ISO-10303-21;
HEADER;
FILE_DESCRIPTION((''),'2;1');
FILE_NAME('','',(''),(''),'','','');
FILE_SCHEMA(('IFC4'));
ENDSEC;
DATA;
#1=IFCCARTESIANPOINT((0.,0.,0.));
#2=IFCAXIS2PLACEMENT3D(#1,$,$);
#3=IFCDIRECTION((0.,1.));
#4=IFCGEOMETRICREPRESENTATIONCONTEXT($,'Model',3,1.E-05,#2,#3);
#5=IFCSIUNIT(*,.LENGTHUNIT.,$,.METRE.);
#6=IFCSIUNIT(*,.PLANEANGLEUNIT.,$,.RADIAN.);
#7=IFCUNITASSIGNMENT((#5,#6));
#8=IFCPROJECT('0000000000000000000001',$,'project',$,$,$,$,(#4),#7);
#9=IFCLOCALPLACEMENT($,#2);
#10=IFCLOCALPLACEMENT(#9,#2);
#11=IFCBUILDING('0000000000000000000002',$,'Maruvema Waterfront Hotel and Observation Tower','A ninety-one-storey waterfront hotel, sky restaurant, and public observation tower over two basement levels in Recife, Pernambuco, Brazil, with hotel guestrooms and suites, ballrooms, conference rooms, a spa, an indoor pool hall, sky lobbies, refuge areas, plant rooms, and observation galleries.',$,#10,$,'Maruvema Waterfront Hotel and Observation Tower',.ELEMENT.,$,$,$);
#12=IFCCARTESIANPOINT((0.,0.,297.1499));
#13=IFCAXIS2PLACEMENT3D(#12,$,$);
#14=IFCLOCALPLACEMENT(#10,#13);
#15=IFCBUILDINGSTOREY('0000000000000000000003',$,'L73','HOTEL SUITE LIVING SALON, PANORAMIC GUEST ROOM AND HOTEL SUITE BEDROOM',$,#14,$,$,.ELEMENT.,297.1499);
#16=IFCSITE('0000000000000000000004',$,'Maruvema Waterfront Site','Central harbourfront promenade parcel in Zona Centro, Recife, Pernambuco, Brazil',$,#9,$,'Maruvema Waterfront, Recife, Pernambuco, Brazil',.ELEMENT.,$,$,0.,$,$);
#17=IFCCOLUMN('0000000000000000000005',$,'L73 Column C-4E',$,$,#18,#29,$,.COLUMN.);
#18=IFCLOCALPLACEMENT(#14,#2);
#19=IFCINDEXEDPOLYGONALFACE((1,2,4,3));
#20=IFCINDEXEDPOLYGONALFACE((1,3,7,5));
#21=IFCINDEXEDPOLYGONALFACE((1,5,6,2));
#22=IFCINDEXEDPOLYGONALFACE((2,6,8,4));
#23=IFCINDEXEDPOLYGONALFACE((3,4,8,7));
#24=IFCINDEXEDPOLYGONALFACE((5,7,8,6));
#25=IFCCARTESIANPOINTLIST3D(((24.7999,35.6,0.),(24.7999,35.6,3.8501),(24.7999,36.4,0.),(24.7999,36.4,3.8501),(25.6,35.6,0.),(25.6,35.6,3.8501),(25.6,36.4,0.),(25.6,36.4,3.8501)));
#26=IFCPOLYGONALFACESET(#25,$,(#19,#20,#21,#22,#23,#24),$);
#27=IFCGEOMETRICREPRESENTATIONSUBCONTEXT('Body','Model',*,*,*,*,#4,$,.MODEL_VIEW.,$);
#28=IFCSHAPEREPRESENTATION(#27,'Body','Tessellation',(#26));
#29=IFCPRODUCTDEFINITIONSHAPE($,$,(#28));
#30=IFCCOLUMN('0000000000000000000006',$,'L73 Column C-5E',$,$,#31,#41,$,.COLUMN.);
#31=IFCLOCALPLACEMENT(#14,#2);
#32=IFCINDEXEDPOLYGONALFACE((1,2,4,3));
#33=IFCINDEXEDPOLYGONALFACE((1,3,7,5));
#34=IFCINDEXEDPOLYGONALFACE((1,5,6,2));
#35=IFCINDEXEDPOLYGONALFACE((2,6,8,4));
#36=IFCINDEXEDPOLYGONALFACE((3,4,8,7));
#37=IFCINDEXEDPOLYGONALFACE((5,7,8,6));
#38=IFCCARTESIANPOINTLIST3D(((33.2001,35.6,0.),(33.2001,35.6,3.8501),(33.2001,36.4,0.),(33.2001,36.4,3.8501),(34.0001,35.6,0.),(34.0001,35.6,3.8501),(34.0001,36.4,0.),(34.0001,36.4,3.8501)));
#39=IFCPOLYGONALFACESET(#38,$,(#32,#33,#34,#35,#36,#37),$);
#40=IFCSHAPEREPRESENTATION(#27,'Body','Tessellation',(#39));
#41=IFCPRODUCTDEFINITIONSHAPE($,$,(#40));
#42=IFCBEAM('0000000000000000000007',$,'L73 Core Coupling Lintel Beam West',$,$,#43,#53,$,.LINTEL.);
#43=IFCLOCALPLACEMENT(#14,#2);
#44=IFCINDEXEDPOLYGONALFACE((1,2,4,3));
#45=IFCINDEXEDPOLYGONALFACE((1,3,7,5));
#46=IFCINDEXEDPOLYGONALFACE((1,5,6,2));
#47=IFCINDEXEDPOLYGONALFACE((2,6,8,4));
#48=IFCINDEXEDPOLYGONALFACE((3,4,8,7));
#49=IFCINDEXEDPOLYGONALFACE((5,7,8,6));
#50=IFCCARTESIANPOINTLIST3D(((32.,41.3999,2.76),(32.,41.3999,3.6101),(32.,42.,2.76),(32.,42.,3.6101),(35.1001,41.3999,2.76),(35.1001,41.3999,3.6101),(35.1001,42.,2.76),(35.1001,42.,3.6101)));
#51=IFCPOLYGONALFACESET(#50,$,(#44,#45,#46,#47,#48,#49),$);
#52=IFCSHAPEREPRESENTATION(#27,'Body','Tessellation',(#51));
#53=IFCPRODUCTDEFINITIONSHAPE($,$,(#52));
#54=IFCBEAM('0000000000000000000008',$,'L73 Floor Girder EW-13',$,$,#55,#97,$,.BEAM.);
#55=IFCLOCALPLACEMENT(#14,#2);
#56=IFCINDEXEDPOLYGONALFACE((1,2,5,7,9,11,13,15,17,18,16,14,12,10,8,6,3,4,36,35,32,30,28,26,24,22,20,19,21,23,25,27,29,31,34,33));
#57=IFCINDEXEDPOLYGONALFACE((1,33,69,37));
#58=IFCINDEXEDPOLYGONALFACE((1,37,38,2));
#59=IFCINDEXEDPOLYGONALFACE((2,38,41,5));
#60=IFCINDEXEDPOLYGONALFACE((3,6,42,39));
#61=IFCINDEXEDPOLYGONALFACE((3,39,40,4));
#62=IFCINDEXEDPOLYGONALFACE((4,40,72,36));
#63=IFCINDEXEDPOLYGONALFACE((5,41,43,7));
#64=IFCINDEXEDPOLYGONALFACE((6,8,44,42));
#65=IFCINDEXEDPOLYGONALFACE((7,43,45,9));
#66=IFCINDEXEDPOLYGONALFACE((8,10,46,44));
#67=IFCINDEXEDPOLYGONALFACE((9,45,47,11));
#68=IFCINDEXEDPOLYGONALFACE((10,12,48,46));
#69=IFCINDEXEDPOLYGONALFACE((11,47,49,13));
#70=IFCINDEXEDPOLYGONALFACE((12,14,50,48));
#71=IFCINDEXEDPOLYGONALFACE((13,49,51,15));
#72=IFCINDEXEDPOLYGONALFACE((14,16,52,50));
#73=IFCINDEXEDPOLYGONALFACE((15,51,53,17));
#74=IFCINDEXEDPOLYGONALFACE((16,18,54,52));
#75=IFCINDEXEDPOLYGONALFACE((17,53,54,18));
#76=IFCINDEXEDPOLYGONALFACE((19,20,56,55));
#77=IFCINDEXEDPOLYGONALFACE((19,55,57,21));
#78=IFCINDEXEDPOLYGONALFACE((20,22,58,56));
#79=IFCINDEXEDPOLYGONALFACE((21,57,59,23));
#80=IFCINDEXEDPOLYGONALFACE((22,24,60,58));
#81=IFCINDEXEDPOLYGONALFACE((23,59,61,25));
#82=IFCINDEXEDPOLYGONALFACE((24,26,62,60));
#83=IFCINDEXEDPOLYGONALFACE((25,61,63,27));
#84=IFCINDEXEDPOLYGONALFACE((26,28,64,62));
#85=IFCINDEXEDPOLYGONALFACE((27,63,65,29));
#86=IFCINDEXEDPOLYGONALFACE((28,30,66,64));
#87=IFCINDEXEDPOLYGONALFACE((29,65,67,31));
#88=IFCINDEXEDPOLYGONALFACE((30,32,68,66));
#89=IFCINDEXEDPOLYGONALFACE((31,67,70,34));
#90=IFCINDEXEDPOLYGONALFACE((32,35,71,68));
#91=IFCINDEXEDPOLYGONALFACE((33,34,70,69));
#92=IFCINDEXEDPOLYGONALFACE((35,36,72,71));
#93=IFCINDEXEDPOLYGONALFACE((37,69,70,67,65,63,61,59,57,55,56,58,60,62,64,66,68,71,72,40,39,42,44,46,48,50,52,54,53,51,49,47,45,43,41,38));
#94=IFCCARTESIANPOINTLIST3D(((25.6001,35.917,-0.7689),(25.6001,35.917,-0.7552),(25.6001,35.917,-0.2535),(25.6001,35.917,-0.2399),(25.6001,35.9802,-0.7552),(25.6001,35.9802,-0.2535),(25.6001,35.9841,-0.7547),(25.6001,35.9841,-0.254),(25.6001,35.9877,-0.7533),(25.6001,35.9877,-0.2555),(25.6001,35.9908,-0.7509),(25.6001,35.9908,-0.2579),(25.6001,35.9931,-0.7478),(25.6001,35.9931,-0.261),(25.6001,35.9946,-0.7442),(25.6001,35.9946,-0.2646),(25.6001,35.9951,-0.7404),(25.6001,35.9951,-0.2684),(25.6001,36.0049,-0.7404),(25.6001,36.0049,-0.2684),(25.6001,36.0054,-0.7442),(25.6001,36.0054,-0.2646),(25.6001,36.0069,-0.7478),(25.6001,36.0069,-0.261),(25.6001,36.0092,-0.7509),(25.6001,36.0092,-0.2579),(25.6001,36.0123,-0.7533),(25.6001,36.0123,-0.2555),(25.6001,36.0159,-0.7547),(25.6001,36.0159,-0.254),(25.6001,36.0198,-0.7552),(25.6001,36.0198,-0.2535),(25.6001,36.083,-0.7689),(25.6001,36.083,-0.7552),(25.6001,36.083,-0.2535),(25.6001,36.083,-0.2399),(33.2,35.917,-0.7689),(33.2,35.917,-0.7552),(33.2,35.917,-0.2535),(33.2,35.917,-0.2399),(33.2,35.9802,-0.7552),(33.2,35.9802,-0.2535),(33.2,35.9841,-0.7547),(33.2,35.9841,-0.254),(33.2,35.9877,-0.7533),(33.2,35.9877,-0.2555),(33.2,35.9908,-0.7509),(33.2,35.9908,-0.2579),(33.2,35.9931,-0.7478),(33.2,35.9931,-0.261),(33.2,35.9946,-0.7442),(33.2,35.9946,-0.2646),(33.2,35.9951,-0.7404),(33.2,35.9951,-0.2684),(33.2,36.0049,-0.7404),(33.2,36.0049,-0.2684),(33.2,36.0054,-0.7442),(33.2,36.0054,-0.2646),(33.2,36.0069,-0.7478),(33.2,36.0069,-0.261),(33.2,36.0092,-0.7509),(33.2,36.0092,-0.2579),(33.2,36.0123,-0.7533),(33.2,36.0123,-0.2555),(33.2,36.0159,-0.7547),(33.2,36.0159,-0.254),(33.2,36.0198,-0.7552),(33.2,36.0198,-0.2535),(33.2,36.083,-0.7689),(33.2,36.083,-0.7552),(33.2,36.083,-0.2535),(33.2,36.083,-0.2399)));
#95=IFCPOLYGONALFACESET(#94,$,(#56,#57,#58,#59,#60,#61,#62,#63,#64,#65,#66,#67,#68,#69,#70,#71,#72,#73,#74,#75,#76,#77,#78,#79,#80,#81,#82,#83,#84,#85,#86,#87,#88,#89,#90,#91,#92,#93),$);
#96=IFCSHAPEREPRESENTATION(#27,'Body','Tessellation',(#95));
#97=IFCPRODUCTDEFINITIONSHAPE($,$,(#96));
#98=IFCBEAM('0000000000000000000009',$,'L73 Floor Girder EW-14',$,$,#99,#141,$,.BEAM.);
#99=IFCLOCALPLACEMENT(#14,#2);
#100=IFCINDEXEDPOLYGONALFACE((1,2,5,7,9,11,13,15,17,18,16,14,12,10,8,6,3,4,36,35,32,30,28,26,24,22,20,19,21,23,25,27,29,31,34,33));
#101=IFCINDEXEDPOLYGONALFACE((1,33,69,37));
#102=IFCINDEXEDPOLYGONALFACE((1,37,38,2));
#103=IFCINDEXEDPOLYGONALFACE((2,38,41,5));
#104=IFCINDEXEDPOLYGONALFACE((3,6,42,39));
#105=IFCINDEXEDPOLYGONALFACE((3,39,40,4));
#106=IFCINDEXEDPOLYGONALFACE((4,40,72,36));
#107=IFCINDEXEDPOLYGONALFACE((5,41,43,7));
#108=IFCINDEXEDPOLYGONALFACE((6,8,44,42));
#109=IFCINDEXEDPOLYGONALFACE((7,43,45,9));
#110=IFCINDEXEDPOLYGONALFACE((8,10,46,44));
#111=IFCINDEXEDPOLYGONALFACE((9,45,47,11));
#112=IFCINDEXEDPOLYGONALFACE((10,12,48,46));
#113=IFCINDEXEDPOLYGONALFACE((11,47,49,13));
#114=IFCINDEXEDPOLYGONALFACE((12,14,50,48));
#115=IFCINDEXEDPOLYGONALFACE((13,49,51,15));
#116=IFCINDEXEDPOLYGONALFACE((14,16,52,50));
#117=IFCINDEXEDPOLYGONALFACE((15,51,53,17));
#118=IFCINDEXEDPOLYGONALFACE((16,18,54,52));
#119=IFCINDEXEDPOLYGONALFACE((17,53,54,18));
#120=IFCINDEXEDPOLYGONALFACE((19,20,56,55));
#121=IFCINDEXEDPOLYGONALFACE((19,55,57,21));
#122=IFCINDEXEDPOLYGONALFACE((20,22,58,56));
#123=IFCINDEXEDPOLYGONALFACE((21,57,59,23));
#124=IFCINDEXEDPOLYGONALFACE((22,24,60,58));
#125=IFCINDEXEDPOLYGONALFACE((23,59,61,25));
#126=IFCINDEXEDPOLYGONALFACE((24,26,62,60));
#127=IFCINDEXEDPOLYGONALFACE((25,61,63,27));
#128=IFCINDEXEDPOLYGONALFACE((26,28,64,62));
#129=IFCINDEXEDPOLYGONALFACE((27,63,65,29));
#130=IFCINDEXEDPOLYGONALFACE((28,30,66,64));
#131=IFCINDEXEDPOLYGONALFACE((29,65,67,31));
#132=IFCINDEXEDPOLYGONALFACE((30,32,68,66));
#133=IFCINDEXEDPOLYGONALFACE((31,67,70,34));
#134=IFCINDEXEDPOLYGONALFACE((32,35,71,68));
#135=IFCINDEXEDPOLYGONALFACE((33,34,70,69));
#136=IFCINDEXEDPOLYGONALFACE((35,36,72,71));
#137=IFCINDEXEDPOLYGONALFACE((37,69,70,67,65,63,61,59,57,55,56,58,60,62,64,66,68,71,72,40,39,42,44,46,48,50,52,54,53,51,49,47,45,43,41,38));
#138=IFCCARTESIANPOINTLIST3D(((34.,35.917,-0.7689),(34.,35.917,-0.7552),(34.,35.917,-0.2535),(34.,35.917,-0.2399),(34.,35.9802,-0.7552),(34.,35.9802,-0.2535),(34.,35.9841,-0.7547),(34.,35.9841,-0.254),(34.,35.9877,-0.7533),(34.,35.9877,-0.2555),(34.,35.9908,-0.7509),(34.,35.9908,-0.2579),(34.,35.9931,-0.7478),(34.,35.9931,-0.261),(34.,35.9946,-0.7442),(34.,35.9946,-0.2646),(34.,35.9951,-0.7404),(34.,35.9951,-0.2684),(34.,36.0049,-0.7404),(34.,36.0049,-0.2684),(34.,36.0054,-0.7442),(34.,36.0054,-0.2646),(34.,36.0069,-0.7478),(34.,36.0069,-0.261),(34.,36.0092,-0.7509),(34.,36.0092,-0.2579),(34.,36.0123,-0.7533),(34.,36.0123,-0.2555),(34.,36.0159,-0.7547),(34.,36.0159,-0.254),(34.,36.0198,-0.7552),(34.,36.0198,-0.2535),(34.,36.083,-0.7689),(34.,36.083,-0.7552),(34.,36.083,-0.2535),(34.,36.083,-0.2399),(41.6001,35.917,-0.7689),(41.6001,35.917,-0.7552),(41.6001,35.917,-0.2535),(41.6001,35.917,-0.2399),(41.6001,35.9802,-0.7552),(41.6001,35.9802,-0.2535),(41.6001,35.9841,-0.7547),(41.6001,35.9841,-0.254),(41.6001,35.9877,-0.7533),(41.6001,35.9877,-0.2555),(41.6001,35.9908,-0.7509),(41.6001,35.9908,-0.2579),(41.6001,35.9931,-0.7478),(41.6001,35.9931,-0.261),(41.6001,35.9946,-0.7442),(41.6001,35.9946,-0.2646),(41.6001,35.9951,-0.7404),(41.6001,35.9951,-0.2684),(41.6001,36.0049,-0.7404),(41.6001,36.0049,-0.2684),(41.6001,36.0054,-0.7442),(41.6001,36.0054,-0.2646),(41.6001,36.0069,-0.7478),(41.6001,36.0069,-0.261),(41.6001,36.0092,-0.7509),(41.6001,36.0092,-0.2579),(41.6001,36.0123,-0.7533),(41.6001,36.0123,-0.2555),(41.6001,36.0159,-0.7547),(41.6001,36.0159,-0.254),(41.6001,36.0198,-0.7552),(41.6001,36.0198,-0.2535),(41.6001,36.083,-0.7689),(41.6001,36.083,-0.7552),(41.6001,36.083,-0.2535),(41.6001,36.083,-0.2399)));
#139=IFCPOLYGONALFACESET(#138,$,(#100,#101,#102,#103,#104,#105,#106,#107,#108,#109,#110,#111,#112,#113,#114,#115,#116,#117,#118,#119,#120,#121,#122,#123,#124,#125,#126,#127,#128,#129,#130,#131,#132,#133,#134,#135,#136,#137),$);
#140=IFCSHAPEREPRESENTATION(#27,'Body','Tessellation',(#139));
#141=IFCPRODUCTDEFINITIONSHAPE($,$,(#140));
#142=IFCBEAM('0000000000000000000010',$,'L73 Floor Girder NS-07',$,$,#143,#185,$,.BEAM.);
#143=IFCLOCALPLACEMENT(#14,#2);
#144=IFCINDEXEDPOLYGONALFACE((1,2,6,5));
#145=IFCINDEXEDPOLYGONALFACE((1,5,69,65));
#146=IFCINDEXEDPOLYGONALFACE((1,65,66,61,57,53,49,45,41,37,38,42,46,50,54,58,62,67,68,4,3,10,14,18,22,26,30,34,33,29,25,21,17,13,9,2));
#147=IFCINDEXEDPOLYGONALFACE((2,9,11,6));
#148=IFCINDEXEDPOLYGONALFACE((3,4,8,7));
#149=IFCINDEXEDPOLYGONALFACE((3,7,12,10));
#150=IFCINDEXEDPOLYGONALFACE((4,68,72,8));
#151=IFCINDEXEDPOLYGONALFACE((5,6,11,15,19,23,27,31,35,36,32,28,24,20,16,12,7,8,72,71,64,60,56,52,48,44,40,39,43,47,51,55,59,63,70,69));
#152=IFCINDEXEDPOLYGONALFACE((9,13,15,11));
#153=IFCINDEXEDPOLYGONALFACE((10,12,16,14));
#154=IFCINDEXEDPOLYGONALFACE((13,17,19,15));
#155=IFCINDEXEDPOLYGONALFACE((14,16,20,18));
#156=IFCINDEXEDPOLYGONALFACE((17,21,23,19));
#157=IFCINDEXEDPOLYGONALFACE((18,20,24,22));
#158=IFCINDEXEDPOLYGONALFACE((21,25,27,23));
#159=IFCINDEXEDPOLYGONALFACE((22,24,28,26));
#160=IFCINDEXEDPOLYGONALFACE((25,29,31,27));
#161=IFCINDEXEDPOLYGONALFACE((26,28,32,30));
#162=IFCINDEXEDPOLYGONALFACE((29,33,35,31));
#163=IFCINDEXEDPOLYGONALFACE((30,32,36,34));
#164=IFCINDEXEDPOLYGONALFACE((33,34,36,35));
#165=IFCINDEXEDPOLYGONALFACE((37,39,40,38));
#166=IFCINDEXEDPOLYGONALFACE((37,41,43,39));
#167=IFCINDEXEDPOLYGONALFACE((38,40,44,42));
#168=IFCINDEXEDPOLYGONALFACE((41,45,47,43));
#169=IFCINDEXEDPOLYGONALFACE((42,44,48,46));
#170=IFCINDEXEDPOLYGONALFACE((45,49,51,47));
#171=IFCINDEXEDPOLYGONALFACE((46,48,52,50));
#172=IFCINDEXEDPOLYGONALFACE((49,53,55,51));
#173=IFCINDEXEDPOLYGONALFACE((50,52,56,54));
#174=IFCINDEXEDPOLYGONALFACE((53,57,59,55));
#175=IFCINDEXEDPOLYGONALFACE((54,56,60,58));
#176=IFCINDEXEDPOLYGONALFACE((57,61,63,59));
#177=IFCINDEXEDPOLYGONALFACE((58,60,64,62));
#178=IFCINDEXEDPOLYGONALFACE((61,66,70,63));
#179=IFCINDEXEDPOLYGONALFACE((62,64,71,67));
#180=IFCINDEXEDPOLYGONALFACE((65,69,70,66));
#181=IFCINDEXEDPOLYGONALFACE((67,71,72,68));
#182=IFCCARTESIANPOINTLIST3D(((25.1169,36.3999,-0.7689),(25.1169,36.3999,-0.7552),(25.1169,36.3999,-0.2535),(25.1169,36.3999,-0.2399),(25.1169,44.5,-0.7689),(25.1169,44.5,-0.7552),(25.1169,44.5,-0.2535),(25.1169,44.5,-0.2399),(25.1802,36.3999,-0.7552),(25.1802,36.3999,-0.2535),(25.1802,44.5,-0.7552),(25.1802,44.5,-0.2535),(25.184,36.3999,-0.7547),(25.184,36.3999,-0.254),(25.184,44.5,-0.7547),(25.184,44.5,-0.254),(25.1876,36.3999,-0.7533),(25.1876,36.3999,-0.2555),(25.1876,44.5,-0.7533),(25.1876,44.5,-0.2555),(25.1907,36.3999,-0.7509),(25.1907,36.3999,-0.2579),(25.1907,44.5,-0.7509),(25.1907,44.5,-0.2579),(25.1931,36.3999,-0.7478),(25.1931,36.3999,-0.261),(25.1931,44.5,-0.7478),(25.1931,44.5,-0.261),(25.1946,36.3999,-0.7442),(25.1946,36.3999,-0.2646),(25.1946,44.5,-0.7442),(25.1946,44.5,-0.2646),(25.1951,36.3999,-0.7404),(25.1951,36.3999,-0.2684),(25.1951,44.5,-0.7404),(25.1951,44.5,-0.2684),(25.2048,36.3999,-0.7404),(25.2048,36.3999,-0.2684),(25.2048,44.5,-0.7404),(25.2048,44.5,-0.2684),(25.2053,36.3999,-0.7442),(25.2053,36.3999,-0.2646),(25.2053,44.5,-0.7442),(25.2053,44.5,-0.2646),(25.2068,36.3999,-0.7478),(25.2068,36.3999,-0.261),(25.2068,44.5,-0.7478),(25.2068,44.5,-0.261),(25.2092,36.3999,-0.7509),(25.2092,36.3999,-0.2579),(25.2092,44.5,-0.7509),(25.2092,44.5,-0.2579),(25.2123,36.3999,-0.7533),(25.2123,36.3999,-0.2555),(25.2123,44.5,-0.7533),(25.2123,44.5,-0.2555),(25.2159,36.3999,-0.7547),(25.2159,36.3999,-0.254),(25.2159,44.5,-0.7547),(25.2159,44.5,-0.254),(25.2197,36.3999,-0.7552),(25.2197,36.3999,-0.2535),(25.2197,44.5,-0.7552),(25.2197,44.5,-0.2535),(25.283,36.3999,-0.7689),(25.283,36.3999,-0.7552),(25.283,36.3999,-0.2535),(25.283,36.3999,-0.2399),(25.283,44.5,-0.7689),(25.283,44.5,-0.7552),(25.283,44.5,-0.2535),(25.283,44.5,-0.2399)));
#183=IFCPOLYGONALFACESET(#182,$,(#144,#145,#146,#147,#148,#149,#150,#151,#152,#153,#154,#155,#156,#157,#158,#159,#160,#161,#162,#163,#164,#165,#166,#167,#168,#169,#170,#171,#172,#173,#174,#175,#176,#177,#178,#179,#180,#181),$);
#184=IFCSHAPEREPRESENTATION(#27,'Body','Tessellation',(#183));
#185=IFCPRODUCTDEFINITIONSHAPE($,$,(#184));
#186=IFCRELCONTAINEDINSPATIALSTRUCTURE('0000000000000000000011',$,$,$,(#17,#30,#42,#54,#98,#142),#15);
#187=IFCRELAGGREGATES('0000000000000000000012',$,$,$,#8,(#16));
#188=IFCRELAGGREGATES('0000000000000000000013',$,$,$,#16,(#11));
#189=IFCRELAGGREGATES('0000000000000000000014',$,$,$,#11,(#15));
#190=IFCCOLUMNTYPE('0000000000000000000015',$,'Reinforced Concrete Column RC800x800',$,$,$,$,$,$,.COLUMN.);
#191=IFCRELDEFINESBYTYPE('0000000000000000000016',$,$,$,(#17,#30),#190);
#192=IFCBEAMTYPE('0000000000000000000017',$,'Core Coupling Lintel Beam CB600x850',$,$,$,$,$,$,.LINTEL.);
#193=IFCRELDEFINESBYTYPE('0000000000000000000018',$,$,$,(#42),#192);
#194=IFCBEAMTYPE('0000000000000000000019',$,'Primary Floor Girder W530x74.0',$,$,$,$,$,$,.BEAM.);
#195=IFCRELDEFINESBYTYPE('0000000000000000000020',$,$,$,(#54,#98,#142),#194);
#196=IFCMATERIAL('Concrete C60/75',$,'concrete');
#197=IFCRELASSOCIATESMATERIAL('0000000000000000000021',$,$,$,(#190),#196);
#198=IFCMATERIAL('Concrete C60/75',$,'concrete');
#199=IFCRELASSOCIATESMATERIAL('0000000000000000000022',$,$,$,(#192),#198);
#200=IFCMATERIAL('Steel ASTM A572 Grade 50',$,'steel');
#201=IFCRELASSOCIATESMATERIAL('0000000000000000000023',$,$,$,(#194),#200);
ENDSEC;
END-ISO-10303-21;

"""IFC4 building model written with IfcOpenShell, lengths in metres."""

from ifc_helpers import new_model, si_unit, direction, frame, origin, origin_2d, place, context, subcontext, project, spatial, rectangle, i_section, extrude, material, material_profile, profile_set, type_object, element, save


model = new_model("IFC4")

# Units and contexts
model_context = context("Model", 3, precision=1e-05, world=origin(), true_north=direction((0.0, 1.0)))
body_context = subcontext(model_context, "Body", "Model", "MODEL_VIEW")
ifc_project = project(units=[si_unit("LENGTHUNIT", "METRE"), si_unit("PLANEANGLEUNIT", "RADIAN")], contexts=[model_context])

# Site, building, storey
site_placement = place(None, origin())
site = spatial("IfcSite", under=ifc_project, at=site_placement, Name="Maruvema Waterfront Site", Description="Central harbourfront promenade parcel in Zona Centro, Recife, Pernambuco, Brazil", LongName="Maruvema Waterfront, Recife, Pernambuco, Brazil", CompositionType="ELEMENT", RefElevation=0.0)
building_placement = place(site_placement, origin())
building = spatial("IfcBuilding", under=site, at=building_placement, Name="Maruvema Waterfront Hotel and Observation Tower", Description="A ninety-one-storey waterfront hotel, sky restaurant, and public observation tower over two basement levels in Recife, Pernambuco, Brazil, with hotel guestrooms and suites, ballrooms, conference rooms, a spa, an indoor pool hall, sky lobbies, refuge areas, plant rooms, and observation galleries.", LongName="Maruvema Waterfront Hotel and Observation Tower", CompositionType="ELEMENT")
storey_placement = place(building_placement, frame((0.0, 0.0, 297.1499)))
storey = spatial("IfcBuildingStorey", under=building, at=storey_placement, Name="L73", Description="HOTEL SUITE LIVING SALON, PANORAMIC GUEST ROOM AND HOTEL SUITE BEDROOM", CompositionType="ELEMENT", Elevation=297.1499)

# Columns
ifc_material_1 = material(Name="Concrete C60/75", Category="concrete")
ifc_material_profile_1 = material_profile(ifc_material_1, rectangle(XDim=0.8, YDim=0.8, at=origin_2d()), Name="RC800x800")
ifc_profile_set_1 = profile_set([ifc_material_profile_1], Name="Concrete C60/75")
column_type = type_object("IfcColumnType", Name="Reinforced Concrete Column RC800x800", PredefinedType="COLUMN", material=ifc_profile_set_1)
for number, where, z_axis, x_axis, name in (
    (1, (25.2, 36.0, 0.0), (0.0, 0.0, 1.0), (1.0, 0.0, 0.0), "L73 Column C-4E"),
    (2, (33.6001, 36.0, 0.0), (0.0, 0.0, 1.0), (1.0, 0.0, 0.0), "L73 Column C-5E"),
):
    element("IfcColumn", number, at=place(storey_placement, frame(where, z_axis=z_axis, x_axis=x_axis)), inside=storey, type_object=column_type, Name=name, PredefinedType="COLUMN", context=body_context, shape_type="SweptSolid", body=[
        extrude(rectangle(XDim=0.8, YDim=0.8, at=origin_2d()), origin(), (0.0, 0.0, 1.0), 3.8501),
    ])

# Beams
ifc_material_2 = material(Name="Concrete C60/75", Category="concrete")
ifc_material_profile_2 = material_profile(ifc_material_2, rectangle(XDim=0.6001, YDim=0.8501, at=origin_2d()), Name="CB600x850")
ifc_profile_set_2 = profile_set([ifc_material_profile_2], Name="Concrete C60/75")
beam_type_1 = type_object("IfcBeamType", Name="Core Coupling Lintel Beam CB600x850", PredefinedType="LINTEL", material=ifc_profile_set_2)
beam_1_placement = place(storey_placement, frame((32.0, 41.7, 3.1851), z_axis=(1.0, 0.0, 0.0), x_axis=(0.0, 1.0, 0.0)))
element("IfcBeam", 3, at=beam_1_placement, inside=storey, type_object=beam_type_1, Name="L73 Core Coupling Lintel Beam West", PredefinedType="LINTEL", context=body_context, shape_type="SweptSolid", body=[
    extrude(rectangle(XDim=0.6001, YDim=0.8501, at=origin_2d()), origin(), (0.0, 0.0, 1.0), 3.1001),
])
ifc_material_3 = material(Name="Steel ASTM A572 Grade 50", Category="steel")
ifc_material_profile_3 = material_profile(ifc_material_3, i_section(OverallWidth=0.166, OverallDepth=0.5291, WebThickness=0.0098, FlangeThickness=0.0137, FilletRadius=0.0149, at=origin_2d()), Name="W530x74.0")
ifc_profile_set_3 = profile_set([ifc_material_profile_3], Name="Steel ASTM A572 Grade 50")
beam_type_2 = type_object("IfcBeamType", Name="Primary Floor Girder W530x74.0", PredefinedType="BEAM", material=ifc_profile_set_3)
beam_2_placement = place(storey_placement, frame((25.6001, 36.0, -0.5044), z_axis=(1.0, 0.0, 0.0), x_axis=(0.0, 1.0, 0.0)))
element("IfcBeam", 4, at=beam_2_placement, inside=storey, type_object=beam_type_2, Name="L73 Floor Girder EW-13", PredefinedType="BEAM", context=body_context, shape_type="SweptSolid", body=[
    extrude(i_section(OverallWidth=0.166, OverallDepth=0.5291, WebThickness=0.0098, FlangeThickness=0.0137, FilletRadius=0.0149, at=origin_2d()), origin(), (0.0, 0.0, 1.0), 7.5999),
])
beam_3_placement = place(storey_placement, frame((34.0, 36.0, -0.5044), z_axis=(1.0, 0.0, 0.0), x_axis=(0.0, 1.0, 0.0)))
element("IfcBeam", 5, at=beam_3_placement, inside=storey, type_object=beam_type_2, Name="L73 Floor Girder EW-14", PredefinedType="BEAM", context=body_context, shape_type="SweptSolid", body=[
    extrude(i_section(OverallWidth=0.166, OverallDepth=0.5291, WebThickness=0.0098, FlangeThickness=0.0137, FilletRadius=0.0149, at=origin_2d()), origin(), (0.0, 0.0, 1.0), 7.6001),
])
beam_4_placement = place(storey_placement, frame((25.2, 36.3999, -0.5044), z_axis=(0.0, 1.0, 0.0), x_axis=(-1.0, 0.0, 0.0)))
element("IfcBeam", 6, at=beam_4_placement, inside=storey, type_object=beam_type_2, Name="L73 Floor Girder NS-07", PredefinedType="BEAM", context=body_context, shape_type="SweptSolid", body=[
    extrude(i_section(OverallWidth=0.166, OverallDepth=0.5291, WebThickness=0.0098, FlangeThickness=0.0137, FilletRadius=0.0149, at=origin_2d()), origin(), (0.0, 0.0, 1.0), 8.1001),
])

save(model, "model.ifc")
